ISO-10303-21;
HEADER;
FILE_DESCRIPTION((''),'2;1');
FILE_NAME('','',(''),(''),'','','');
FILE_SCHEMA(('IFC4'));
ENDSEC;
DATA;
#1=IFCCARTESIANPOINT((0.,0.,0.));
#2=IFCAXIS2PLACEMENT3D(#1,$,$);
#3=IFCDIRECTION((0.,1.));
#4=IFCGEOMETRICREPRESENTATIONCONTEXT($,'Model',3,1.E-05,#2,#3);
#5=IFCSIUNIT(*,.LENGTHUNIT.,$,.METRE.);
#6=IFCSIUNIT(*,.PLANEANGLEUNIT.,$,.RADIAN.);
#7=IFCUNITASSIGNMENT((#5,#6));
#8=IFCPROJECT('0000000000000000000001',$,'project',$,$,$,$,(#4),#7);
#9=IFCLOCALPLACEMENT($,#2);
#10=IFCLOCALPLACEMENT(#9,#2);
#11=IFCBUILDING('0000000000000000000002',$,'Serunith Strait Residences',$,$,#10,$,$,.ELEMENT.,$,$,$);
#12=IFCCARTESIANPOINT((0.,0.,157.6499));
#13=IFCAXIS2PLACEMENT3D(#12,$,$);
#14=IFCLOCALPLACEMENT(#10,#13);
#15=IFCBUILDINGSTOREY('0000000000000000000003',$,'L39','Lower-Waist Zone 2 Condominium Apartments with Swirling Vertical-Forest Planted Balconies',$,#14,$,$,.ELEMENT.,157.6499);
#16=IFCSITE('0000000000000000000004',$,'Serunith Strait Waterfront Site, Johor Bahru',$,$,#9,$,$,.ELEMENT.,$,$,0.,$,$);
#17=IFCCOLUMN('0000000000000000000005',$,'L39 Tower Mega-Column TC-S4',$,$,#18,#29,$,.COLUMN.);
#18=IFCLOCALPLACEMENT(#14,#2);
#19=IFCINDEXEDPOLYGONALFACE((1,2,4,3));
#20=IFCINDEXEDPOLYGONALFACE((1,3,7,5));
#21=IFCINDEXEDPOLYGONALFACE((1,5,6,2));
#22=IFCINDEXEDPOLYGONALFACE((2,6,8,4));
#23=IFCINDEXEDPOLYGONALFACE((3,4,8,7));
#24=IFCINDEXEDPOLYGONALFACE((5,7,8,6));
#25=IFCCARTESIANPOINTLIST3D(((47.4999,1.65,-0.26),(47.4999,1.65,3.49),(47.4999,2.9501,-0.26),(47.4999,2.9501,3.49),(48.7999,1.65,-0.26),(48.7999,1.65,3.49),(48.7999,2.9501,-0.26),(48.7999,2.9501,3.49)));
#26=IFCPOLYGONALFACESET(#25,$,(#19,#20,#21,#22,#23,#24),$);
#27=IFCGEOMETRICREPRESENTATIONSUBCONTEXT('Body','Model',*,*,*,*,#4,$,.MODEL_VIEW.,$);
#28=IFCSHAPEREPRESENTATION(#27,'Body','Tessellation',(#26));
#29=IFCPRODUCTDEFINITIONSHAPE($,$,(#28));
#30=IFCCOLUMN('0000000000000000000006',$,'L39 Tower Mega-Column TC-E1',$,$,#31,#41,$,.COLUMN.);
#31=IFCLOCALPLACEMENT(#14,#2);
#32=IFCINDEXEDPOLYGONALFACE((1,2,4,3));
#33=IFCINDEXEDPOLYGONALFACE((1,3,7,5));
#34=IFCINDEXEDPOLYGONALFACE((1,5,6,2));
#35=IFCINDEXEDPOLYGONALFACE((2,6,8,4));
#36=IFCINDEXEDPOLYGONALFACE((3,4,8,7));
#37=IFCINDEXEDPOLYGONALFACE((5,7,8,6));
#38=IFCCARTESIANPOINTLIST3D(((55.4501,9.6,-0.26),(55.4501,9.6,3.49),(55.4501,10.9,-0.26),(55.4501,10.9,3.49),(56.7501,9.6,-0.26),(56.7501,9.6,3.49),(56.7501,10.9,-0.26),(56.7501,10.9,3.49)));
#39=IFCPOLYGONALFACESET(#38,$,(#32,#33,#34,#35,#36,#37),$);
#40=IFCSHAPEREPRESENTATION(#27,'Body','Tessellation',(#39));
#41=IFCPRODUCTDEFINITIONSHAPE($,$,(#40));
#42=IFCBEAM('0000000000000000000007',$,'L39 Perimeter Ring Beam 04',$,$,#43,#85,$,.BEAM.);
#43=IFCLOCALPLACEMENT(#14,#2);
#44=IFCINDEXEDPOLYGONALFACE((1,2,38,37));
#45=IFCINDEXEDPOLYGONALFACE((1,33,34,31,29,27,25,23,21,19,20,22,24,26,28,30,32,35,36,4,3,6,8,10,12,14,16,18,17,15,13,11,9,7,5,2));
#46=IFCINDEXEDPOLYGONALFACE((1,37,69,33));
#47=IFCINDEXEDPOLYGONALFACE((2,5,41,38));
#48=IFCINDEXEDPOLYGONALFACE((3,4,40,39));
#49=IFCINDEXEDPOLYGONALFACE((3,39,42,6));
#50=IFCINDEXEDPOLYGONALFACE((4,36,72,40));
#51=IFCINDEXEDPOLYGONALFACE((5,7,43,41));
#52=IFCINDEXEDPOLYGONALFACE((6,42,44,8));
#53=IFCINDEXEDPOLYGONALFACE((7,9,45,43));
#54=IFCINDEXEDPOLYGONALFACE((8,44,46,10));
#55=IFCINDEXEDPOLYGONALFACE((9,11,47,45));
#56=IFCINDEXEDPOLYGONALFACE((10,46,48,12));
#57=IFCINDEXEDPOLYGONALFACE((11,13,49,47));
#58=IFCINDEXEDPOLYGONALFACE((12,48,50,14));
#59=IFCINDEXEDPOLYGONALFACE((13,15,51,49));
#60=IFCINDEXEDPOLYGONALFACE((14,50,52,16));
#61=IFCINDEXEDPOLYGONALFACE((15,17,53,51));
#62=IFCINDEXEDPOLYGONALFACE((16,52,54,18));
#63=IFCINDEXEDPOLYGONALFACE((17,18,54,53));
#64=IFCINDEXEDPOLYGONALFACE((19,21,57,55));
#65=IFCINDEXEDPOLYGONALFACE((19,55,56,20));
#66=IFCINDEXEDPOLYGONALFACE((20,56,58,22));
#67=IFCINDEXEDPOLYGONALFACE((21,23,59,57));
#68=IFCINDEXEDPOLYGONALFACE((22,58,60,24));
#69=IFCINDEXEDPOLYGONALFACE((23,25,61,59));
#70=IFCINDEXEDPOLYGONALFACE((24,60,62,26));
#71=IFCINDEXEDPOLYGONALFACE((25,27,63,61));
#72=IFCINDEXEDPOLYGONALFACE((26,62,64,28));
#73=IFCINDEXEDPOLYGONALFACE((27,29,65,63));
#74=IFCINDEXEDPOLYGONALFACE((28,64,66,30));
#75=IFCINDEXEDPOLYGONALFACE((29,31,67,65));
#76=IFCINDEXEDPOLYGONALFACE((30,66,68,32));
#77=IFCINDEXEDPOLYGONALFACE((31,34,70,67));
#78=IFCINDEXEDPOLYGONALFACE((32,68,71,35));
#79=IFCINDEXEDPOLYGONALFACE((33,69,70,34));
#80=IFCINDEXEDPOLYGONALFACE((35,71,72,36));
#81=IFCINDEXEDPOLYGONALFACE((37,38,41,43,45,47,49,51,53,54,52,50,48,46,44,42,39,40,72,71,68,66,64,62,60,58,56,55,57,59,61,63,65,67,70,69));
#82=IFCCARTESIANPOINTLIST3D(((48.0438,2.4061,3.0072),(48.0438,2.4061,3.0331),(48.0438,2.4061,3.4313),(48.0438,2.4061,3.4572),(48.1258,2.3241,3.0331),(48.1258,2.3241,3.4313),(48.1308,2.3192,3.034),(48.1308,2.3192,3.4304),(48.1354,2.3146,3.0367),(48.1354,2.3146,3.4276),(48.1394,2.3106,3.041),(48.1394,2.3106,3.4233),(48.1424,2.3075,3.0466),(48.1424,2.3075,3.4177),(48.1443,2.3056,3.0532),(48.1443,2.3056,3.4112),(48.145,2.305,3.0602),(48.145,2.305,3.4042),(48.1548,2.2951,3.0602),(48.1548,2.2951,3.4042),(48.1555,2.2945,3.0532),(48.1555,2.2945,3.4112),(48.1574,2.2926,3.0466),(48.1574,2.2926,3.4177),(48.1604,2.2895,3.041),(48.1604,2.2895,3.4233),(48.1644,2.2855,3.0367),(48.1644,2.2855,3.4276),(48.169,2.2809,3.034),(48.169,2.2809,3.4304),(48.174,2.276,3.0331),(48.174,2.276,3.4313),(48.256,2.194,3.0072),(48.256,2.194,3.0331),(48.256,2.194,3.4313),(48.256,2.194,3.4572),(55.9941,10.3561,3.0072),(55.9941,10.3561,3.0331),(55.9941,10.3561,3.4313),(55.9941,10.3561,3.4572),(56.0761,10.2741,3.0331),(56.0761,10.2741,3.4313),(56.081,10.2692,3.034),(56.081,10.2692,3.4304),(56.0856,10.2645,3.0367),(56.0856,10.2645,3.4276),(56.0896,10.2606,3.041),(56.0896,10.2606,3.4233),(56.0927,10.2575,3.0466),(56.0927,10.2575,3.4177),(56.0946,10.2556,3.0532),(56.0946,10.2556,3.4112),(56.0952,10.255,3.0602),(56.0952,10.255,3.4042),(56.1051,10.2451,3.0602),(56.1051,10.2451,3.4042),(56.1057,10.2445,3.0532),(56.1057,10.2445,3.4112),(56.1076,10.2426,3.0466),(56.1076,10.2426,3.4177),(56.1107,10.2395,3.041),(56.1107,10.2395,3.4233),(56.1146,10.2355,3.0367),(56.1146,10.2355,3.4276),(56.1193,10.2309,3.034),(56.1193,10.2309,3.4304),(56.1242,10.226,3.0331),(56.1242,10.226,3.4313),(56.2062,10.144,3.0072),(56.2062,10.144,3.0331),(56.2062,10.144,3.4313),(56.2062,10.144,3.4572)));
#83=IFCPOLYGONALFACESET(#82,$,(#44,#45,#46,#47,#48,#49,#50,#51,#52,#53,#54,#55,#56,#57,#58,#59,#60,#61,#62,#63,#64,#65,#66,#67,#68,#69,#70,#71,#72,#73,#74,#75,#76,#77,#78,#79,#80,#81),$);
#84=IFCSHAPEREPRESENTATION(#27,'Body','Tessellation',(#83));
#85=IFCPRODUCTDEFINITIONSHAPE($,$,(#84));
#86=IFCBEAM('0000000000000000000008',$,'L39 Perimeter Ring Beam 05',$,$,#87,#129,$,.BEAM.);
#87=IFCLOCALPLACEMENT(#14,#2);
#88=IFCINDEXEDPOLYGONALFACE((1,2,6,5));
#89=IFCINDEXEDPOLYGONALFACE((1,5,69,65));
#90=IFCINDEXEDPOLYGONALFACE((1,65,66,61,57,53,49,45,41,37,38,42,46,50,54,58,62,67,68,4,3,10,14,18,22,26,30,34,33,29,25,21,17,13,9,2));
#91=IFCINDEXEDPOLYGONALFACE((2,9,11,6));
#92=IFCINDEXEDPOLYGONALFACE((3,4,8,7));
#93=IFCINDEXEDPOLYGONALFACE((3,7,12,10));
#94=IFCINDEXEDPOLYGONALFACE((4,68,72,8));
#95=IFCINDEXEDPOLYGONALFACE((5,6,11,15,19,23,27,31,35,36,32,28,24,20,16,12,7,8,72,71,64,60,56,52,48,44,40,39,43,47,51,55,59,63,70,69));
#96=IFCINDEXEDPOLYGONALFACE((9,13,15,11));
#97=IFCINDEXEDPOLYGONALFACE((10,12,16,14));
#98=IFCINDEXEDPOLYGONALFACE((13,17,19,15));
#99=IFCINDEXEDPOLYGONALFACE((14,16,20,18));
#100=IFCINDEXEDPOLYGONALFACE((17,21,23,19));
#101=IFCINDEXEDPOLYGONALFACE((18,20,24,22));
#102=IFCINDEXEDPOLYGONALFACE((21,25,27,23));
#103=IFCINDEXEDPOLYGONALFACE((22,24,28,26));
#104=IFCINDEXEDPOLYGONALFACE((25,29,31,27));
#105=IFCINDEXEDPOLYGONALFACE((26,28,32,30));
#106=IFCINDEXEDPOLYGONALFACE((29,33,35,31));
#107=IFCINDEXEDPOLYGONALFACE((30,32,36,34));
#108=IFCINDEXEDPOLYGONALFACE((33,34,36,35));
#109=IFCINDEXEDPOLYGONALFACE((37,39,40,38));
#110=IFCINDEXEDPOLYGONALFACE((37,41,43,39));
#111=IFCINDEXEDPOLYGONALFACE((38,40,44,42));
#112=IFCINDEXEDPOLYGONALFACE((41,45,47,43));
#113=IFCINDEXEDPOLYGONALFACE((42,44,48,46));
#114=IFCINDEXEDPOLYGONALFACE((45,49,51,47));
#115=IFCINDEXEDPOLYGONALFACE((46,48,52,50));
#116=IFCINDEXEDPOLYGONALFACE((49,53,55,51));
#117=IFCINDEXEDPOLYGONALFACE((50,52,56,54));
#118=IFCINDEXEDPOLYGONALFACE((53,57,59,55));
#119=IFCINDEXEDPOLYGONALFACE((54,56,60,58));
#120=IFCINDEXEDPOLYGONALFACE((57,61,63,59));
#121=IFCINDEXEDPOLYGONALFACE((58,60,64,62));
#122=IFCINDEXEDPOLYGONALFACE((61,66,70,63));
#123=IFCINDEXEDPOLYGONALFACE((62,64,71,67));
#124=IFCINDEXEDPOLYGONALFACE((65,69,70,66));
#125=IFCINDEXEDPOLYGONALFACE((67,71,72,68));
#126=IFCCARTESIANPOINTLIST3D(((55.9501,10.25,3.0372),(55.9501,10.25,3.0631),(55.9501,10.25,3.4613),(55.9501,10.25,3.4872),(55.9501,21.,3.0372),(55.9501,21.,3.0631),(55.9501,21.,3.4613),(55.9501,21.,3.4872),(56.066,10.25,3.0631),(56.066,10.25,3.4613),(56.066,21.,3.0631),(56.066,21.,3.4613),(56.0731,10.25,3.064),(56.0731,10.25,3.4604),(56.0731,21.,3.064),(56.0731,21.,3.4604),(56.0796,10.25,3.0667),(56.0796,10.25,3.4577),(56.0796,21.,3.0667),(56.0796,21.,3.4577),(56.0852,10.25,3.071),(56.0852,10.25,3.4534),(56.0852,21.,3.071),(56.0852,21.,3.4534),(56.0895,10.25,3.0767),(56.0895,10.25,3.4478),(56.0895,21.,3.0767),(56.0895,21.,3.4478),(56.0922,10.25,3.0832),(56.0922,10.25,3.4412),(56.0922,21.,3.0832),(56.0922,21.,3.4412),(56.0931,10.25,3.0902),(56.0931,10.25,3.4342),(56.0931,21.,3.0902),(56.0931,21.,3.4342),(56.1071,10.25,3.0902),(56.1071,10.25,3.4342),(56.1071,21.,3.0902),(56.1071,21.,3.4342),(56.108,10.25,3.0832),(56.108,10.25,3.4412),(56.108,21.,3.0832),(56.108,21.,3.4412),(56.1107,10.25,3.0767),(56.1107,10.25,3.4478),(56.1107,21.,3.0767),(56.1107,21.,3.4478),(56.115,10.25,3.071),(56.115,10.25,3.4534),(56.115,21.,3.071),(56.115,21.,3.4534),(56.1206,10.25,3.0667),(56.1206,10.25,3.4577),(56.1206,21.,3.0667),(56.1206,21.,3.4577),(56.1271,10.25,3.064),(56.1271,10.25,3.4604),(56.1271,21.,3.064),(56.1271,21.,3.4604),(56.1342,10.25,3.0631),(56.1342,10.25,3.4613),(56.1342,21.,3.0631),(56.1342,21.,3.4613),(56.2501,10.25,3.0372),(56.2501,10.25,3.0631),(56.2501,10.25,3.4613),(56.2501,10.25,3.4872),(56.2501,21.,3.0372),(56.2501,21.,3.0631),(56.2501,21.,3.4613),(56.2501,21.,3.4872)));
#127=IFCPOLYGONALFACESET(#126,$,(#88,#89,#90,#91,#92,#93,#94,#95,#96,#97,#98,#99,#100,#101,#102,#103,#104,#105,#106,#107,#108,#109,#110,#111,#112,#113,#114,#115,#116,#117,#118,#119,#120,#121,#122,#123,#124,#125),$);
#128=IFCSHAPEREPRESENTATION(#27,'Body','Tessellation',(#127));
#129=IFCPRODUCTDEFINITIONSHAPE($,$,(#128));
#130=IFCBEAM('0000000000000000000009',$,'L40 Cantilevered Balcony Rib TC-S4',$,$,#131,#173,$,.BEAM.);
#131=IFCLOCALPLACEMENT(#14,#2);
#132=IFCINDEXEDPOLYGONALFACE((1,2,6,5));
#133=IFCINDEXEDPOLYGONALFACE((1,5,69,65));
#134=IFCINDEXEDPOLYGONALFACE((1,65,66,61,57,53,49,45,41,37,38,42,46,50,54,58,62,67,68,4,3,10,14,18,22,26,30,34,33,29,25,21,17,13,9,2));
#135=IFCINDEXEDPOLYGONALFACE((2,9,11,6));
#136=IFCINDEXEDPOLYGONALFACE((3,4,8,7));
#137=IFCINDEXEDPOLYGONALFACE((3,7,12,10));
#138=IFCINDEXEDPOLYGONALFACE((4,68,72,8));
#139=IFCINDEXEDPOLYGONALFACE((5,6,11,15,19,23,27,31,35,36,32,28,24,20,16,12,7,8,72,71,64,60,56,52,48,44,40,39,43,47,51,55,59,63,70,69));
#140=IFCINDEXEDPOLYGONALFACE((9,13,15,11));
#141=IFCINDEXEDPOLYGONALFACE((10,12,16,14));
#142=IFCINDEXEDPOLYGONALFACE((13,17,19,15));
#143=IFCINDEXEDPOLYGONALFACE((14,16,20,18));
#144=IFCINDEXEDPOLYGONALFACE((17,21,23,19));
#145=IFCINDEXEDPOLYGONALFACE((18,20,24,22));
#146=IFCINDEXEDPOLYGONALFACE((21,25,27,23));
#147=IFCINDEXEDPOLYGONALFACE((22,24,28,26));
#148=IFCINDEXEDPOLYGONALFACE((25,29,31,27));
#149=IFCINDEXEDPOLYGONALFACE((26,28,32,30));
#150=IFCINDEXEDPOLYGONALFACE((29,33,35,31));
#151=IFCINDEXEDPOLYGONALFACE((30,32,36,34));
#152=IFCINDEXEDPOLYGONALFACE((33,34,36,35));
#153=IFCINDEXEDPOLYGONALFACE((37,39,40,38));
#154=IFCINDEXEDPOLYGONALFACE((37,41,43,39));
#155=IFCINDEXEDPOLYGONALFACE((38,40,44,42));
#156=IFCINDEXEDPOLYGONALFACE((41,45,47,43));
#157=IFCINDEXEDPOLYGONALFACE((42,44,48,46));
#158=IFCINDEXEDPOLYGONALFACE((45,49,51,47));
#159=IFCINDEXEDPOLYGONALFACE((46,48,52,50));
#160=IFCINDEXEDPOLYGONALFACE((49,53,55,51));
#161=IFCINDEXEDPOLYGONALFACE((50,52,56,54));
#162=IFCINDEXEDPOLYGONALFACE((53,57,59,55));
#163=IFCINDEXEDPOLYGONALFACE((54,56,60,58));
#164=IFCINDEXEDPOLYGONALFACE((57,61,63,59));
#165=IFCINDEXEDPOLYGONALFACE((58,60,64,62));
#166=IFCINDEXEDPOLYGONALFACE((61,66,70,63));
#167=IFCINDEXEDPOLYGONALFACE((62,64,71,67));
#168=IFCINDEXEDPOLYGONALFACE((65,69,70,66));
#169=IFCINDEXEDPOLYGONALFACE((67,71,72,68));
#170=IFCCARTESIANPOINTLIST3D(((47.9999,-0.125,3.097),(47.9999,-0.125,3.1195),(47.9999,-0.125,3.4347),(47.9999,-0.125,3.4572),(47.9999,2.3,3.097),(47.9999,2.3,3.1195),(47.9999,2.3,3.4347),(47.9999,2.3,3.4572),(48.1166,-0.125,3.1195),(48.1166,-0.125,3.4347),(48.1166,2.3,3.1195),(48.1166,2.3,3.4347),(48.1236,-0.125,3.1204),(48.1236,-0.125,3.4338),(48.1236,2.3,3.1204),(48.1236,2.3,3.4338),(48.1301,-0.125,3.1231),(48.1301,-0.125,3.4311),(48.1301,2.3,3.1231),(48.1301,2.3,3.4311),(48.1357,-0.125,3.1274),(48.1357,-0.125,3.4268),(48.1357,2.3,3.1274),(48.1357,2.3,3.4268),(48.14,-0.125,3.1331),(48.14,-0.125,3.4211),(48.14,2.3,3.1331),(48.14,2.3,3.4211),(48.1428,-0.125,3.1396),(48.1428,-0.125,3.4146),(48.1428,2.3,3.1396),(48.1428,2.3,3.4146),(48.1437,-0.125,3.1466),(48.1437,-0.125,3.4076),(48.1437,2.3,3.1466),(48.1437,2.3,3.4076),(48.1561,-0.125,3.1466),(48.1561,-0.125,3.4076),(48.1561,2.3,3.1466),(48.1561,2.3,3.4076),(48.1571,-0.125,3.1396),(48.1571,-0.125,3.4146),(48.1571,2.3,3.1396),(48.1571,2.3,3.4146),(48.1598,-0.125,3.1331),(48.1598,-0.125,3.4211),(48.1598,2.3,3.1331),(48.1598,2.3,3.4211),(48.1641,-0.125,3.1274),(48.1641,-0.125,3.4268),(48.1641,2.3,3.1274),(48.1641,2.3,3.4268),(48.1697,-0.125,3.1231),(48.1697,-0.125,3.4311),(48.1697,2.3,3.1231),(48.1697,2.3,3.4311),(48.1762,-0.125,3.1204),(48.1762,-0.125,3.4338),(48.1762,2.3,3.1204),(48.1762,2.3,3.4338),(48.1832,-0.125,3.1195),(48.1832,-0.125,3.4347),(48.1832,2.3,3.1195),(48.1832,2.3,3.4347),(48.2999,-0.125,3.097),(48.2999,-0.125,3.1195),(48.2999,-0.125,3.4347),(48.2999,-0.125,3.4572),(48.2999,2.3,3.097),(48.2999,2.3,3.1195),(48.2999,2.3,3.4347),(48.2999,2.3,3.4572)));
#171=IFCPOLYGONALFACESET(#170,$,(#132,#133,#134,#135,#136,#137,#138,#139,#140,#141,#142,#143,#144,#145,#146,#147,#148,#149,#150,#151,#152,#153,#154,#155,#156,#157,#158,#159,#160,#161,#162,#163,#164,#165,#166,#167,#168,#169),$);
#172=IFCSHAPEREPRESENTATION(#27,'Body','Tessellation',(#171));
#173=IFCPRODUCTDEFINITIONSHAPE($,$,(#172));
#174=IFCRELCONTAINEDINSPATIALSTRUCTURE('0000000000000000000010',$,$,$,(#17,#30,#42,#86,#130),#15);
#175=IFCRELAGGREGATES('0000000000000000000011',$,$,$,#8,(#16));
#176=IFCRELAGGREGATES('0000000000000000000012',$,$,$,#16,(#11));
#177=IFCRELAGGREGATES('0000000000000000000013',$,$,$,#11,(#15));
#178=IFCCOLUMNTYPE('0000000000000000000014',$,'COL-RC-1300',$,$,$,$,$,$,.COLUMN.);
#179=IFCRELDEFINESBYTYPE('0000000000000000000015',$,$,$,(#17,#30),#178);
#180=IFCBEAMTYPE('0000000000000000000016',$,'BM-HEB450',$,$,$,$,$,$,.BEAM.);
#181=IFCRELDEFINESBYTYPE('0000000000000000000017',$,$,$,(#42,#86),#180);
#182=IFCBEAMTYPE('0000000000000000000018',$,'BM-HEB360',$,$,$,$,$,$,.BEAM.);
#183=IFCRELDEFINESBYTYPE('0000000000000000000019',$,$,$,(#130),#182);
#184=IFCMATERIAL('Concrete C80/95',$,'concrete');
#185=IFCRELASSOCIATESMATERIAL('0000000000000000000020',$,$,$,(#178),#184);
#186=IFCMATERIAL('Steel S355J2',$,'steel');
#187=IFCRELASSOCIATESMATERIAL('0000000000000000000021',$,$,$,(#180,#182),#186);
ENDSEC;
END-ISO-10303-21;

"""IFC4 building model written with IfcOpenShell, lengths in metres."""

from ifc_helpers import new_model, si_unit, direction, frame, origin, origin_2d, place, context, subcontext, project, spatial, rectangle, i_section, extrude, source, transform, mapped, material, material_profile, profile_set, type_object, element, save


model = new_model("IFC4")

# Units and contexts
model_context = context("Model", 3, precision=1e-05, world=origin(), true_north=direction((0.0, 1.0)))
body_context = subcontext(model_context, "Body", "Model", "MODEL_VIEW")
ifc_project = project(units=[si_unit("LENGTHUNIT", "METRE"), si_unit("PLANEANGLEUNIT", "RADIAN")], contexts=[model_context])

# Site, building, storey
site_placement = place(None, origin())
site = spatial("IfcSite", under=ifc_project, at=site_placement, Name="Serunith Strait Waterfront Site, Johor Bahru", CompositionType="ELEMENT", RefElevation=0.0)
building_placement = place(site_placement, origin())
building = spatial("IfcBuilding", under=site, at=building_placement, Name="Serunith Strait Residences", CompositionType="ELEMENT")
storey_placement = place(building_placement, frame((0.0, 0.0, 157.6499)))
storey = spatial("IfcBuildingStorey", under=building, at=storey_placement, Name="L39", Description="Lower-Waist Zone 2 Condominium Apartments with Swirling Vertical-Forest Planted Balconies", CompositionType="ELEMENT", Elevation=157.6499)

# Columns
ifc_material_1 = material(Name="Concrete C80/95", Category="concrete")
ifc_material_profile_1 = material_profile(ifc_material_1, rectangle(XDim=1.3, YDim=1.3, at=origin_2d()), Name="RC 1300x1300")
ifc_profile_set_1 = profile_set([ifc_material_profile_1], Name="Concrete C80/95")
column_type = type_object("IfcColumnType", Name="COL-RC-1300", PredefinedType="COLUMN", material=ifc_profile_set_1)
shared_shape_1 = source(origin(), body_context, "Body", "SweptSolid", [
    extrude(rectangle(XDim=1.3, YDim=1.3, at=origin_2d()), origin(), (0.0, 0.0, 1.0), 3.75),
])
for number, where, z_axis, x_axis, name in (
    (1, (48.1499, 2.3, -0.26), (0.0, 0.0, 1.0), (1.0, 0.0, 0.0), "L39 Tower Mega-Column TC-S4"),
    (2, (56.1001, 10.25, -0.26), (0.0, 0.0, 1.0), (1.0, 0.0, 0.0), "L39 Tower Mega-Column TC-E1"),
):
    element("IfcColumn", number, at=place(storey_placement, frame(where, z_axis=z_axis, x_axis=x_axis)), inside=storey, type_object=column_type, Name=name, PredefinedType="COLUMN", context=body_context, shape_type="MappedRepresentation", body=[
        mapped(shared_shape_1, transform((0.0, 0.0, 0.0), scale=1.0)),
    ])

# Beams
ifc_material_2 = material(Name="Steel S355J2", Category="steel")
ifc_material_profile_2 = material_profile(ifc_material_2, i_section(OverallWidth=0.3, OverallDepth=0.45, WebThickness=0.0139, FlangeThickness=0.0259, FilletRadius=0.0271, at=origin_2d()), Name="HEB 450")
ifc_profile_set_2 = profile_set([ifc_material_profile_2], Name="Steel S355J2")
beam_type_1 = type_object("IfcBeamType", Name="BM-HEB450", PredefinedType="BEAM", material=ifc_profile_set_2)
shared_shape_2 = source(origin(), body_context, "Body", "SweptSolid", [
    extrude(i_section(OverallWidth=0.3, OverallDepth=0.45, WebThickness=0.0139, FlangeThickness=0.0259, FilletRadius=0.0271, at=origin_2d()), origin(), (0.0, 0.0, 1.0), 11.2432),
])
beam_1_placement = place(storey_placement, frame((48.1499, 2.3, 3.2322), z_axis=(0.707118, 0.707096, 0.0), x_axis=(-0.707096, 0.707118, 0.0)))
element("IfcBeam", 3, at=beam_1_placement, inside=storey, type_object=beam_type_1, Name="L39 Perimeter Ring Beam 04", PredefinedType="BEAM", context=body_context, shape_type="MappedRepresentation", body=[
    mapped(shared_shape_2, transform((0.0, 0.0, 0.0), scale=1.0)),
])
shared_shape_3 = source(origin(), body_context, "Body", "SweptSolid", [
    extrude(i_section(OverallWidth=0.3, OverallDepth=0.45, WebThickness=0.0139, FlangeThickness=0.0259, FilletRadius=0.0271, at=origin_2d()), origin(), (0.0, 0.0, 1.0), 10.75),
])
beam_2_placement = place(storey_placement, frame((56.1001, 10.25, 3.2622), z_axis=(0.0, 1.0, 0.0), x_axis=(-1.0, 0.0, 0.0)))
element("IfcBeam", 4, at=beam_2_placement, inside=storey, type_object=beam_type_1, Name="L39 Perimeter Ring Beam 05", PredefinedType="BEAM", context=body_context, shape_type="MappedRepresentation", body=[
    mapped(shared_shape_3, transform((0.0, 0.0, 0.0), scale=1.0)),
])
ifc_material_profile_3 = material_profile(ifc_material_2, i_section(OverallWidth=0.3, OverallDepth=0.3601, WebThickness=0.0125, FlangeThickness=0.0225, FilletRadius=0.0271, at=origin_2d()), Name="HEB 360")
ifc_profile_set_3 = profile_set([ifc_material_profile_3], Name="Steel S355J2")
beam_type_2 = type_object("IfcBeamType", Name="BM-HEB360", PredefinedType="BEAM", material=ifc_profile_set_3)
shared_shape_4 = source(origin(), body_context, "Body", "SweptSolid", [
    extrude(i_section(OverallWidth=0.3, OverallDepth=0.3601, WebThickness=0.0125, FlangeThickness=0.0225, FilletRadius=0.0271, at=origin_2d()), origin(), (0.0, 0.0, 1.0), 2.425),
])
beam_3_placement = place(storey_placement, frame((48.1499, 2.3, 3.2771), z_axis=(0.0, -1.0, 0.0), x_axis=(1.0, 0.0, 0.0)))
element("IfcBeam", 5, at=beam_3_placement, inside=storey, type_object=beam_type_2, Name="L40 Cantilevered Balcony Rib TC-S4", PredefinedType="BEAM", context=body_context, shape_type="MappedRepresentation", body=[
    mapped(shared_shape_4, transform((0.0, 0.0, 0.0), scale=1.0)),
])

save(model, "model.ifc")
